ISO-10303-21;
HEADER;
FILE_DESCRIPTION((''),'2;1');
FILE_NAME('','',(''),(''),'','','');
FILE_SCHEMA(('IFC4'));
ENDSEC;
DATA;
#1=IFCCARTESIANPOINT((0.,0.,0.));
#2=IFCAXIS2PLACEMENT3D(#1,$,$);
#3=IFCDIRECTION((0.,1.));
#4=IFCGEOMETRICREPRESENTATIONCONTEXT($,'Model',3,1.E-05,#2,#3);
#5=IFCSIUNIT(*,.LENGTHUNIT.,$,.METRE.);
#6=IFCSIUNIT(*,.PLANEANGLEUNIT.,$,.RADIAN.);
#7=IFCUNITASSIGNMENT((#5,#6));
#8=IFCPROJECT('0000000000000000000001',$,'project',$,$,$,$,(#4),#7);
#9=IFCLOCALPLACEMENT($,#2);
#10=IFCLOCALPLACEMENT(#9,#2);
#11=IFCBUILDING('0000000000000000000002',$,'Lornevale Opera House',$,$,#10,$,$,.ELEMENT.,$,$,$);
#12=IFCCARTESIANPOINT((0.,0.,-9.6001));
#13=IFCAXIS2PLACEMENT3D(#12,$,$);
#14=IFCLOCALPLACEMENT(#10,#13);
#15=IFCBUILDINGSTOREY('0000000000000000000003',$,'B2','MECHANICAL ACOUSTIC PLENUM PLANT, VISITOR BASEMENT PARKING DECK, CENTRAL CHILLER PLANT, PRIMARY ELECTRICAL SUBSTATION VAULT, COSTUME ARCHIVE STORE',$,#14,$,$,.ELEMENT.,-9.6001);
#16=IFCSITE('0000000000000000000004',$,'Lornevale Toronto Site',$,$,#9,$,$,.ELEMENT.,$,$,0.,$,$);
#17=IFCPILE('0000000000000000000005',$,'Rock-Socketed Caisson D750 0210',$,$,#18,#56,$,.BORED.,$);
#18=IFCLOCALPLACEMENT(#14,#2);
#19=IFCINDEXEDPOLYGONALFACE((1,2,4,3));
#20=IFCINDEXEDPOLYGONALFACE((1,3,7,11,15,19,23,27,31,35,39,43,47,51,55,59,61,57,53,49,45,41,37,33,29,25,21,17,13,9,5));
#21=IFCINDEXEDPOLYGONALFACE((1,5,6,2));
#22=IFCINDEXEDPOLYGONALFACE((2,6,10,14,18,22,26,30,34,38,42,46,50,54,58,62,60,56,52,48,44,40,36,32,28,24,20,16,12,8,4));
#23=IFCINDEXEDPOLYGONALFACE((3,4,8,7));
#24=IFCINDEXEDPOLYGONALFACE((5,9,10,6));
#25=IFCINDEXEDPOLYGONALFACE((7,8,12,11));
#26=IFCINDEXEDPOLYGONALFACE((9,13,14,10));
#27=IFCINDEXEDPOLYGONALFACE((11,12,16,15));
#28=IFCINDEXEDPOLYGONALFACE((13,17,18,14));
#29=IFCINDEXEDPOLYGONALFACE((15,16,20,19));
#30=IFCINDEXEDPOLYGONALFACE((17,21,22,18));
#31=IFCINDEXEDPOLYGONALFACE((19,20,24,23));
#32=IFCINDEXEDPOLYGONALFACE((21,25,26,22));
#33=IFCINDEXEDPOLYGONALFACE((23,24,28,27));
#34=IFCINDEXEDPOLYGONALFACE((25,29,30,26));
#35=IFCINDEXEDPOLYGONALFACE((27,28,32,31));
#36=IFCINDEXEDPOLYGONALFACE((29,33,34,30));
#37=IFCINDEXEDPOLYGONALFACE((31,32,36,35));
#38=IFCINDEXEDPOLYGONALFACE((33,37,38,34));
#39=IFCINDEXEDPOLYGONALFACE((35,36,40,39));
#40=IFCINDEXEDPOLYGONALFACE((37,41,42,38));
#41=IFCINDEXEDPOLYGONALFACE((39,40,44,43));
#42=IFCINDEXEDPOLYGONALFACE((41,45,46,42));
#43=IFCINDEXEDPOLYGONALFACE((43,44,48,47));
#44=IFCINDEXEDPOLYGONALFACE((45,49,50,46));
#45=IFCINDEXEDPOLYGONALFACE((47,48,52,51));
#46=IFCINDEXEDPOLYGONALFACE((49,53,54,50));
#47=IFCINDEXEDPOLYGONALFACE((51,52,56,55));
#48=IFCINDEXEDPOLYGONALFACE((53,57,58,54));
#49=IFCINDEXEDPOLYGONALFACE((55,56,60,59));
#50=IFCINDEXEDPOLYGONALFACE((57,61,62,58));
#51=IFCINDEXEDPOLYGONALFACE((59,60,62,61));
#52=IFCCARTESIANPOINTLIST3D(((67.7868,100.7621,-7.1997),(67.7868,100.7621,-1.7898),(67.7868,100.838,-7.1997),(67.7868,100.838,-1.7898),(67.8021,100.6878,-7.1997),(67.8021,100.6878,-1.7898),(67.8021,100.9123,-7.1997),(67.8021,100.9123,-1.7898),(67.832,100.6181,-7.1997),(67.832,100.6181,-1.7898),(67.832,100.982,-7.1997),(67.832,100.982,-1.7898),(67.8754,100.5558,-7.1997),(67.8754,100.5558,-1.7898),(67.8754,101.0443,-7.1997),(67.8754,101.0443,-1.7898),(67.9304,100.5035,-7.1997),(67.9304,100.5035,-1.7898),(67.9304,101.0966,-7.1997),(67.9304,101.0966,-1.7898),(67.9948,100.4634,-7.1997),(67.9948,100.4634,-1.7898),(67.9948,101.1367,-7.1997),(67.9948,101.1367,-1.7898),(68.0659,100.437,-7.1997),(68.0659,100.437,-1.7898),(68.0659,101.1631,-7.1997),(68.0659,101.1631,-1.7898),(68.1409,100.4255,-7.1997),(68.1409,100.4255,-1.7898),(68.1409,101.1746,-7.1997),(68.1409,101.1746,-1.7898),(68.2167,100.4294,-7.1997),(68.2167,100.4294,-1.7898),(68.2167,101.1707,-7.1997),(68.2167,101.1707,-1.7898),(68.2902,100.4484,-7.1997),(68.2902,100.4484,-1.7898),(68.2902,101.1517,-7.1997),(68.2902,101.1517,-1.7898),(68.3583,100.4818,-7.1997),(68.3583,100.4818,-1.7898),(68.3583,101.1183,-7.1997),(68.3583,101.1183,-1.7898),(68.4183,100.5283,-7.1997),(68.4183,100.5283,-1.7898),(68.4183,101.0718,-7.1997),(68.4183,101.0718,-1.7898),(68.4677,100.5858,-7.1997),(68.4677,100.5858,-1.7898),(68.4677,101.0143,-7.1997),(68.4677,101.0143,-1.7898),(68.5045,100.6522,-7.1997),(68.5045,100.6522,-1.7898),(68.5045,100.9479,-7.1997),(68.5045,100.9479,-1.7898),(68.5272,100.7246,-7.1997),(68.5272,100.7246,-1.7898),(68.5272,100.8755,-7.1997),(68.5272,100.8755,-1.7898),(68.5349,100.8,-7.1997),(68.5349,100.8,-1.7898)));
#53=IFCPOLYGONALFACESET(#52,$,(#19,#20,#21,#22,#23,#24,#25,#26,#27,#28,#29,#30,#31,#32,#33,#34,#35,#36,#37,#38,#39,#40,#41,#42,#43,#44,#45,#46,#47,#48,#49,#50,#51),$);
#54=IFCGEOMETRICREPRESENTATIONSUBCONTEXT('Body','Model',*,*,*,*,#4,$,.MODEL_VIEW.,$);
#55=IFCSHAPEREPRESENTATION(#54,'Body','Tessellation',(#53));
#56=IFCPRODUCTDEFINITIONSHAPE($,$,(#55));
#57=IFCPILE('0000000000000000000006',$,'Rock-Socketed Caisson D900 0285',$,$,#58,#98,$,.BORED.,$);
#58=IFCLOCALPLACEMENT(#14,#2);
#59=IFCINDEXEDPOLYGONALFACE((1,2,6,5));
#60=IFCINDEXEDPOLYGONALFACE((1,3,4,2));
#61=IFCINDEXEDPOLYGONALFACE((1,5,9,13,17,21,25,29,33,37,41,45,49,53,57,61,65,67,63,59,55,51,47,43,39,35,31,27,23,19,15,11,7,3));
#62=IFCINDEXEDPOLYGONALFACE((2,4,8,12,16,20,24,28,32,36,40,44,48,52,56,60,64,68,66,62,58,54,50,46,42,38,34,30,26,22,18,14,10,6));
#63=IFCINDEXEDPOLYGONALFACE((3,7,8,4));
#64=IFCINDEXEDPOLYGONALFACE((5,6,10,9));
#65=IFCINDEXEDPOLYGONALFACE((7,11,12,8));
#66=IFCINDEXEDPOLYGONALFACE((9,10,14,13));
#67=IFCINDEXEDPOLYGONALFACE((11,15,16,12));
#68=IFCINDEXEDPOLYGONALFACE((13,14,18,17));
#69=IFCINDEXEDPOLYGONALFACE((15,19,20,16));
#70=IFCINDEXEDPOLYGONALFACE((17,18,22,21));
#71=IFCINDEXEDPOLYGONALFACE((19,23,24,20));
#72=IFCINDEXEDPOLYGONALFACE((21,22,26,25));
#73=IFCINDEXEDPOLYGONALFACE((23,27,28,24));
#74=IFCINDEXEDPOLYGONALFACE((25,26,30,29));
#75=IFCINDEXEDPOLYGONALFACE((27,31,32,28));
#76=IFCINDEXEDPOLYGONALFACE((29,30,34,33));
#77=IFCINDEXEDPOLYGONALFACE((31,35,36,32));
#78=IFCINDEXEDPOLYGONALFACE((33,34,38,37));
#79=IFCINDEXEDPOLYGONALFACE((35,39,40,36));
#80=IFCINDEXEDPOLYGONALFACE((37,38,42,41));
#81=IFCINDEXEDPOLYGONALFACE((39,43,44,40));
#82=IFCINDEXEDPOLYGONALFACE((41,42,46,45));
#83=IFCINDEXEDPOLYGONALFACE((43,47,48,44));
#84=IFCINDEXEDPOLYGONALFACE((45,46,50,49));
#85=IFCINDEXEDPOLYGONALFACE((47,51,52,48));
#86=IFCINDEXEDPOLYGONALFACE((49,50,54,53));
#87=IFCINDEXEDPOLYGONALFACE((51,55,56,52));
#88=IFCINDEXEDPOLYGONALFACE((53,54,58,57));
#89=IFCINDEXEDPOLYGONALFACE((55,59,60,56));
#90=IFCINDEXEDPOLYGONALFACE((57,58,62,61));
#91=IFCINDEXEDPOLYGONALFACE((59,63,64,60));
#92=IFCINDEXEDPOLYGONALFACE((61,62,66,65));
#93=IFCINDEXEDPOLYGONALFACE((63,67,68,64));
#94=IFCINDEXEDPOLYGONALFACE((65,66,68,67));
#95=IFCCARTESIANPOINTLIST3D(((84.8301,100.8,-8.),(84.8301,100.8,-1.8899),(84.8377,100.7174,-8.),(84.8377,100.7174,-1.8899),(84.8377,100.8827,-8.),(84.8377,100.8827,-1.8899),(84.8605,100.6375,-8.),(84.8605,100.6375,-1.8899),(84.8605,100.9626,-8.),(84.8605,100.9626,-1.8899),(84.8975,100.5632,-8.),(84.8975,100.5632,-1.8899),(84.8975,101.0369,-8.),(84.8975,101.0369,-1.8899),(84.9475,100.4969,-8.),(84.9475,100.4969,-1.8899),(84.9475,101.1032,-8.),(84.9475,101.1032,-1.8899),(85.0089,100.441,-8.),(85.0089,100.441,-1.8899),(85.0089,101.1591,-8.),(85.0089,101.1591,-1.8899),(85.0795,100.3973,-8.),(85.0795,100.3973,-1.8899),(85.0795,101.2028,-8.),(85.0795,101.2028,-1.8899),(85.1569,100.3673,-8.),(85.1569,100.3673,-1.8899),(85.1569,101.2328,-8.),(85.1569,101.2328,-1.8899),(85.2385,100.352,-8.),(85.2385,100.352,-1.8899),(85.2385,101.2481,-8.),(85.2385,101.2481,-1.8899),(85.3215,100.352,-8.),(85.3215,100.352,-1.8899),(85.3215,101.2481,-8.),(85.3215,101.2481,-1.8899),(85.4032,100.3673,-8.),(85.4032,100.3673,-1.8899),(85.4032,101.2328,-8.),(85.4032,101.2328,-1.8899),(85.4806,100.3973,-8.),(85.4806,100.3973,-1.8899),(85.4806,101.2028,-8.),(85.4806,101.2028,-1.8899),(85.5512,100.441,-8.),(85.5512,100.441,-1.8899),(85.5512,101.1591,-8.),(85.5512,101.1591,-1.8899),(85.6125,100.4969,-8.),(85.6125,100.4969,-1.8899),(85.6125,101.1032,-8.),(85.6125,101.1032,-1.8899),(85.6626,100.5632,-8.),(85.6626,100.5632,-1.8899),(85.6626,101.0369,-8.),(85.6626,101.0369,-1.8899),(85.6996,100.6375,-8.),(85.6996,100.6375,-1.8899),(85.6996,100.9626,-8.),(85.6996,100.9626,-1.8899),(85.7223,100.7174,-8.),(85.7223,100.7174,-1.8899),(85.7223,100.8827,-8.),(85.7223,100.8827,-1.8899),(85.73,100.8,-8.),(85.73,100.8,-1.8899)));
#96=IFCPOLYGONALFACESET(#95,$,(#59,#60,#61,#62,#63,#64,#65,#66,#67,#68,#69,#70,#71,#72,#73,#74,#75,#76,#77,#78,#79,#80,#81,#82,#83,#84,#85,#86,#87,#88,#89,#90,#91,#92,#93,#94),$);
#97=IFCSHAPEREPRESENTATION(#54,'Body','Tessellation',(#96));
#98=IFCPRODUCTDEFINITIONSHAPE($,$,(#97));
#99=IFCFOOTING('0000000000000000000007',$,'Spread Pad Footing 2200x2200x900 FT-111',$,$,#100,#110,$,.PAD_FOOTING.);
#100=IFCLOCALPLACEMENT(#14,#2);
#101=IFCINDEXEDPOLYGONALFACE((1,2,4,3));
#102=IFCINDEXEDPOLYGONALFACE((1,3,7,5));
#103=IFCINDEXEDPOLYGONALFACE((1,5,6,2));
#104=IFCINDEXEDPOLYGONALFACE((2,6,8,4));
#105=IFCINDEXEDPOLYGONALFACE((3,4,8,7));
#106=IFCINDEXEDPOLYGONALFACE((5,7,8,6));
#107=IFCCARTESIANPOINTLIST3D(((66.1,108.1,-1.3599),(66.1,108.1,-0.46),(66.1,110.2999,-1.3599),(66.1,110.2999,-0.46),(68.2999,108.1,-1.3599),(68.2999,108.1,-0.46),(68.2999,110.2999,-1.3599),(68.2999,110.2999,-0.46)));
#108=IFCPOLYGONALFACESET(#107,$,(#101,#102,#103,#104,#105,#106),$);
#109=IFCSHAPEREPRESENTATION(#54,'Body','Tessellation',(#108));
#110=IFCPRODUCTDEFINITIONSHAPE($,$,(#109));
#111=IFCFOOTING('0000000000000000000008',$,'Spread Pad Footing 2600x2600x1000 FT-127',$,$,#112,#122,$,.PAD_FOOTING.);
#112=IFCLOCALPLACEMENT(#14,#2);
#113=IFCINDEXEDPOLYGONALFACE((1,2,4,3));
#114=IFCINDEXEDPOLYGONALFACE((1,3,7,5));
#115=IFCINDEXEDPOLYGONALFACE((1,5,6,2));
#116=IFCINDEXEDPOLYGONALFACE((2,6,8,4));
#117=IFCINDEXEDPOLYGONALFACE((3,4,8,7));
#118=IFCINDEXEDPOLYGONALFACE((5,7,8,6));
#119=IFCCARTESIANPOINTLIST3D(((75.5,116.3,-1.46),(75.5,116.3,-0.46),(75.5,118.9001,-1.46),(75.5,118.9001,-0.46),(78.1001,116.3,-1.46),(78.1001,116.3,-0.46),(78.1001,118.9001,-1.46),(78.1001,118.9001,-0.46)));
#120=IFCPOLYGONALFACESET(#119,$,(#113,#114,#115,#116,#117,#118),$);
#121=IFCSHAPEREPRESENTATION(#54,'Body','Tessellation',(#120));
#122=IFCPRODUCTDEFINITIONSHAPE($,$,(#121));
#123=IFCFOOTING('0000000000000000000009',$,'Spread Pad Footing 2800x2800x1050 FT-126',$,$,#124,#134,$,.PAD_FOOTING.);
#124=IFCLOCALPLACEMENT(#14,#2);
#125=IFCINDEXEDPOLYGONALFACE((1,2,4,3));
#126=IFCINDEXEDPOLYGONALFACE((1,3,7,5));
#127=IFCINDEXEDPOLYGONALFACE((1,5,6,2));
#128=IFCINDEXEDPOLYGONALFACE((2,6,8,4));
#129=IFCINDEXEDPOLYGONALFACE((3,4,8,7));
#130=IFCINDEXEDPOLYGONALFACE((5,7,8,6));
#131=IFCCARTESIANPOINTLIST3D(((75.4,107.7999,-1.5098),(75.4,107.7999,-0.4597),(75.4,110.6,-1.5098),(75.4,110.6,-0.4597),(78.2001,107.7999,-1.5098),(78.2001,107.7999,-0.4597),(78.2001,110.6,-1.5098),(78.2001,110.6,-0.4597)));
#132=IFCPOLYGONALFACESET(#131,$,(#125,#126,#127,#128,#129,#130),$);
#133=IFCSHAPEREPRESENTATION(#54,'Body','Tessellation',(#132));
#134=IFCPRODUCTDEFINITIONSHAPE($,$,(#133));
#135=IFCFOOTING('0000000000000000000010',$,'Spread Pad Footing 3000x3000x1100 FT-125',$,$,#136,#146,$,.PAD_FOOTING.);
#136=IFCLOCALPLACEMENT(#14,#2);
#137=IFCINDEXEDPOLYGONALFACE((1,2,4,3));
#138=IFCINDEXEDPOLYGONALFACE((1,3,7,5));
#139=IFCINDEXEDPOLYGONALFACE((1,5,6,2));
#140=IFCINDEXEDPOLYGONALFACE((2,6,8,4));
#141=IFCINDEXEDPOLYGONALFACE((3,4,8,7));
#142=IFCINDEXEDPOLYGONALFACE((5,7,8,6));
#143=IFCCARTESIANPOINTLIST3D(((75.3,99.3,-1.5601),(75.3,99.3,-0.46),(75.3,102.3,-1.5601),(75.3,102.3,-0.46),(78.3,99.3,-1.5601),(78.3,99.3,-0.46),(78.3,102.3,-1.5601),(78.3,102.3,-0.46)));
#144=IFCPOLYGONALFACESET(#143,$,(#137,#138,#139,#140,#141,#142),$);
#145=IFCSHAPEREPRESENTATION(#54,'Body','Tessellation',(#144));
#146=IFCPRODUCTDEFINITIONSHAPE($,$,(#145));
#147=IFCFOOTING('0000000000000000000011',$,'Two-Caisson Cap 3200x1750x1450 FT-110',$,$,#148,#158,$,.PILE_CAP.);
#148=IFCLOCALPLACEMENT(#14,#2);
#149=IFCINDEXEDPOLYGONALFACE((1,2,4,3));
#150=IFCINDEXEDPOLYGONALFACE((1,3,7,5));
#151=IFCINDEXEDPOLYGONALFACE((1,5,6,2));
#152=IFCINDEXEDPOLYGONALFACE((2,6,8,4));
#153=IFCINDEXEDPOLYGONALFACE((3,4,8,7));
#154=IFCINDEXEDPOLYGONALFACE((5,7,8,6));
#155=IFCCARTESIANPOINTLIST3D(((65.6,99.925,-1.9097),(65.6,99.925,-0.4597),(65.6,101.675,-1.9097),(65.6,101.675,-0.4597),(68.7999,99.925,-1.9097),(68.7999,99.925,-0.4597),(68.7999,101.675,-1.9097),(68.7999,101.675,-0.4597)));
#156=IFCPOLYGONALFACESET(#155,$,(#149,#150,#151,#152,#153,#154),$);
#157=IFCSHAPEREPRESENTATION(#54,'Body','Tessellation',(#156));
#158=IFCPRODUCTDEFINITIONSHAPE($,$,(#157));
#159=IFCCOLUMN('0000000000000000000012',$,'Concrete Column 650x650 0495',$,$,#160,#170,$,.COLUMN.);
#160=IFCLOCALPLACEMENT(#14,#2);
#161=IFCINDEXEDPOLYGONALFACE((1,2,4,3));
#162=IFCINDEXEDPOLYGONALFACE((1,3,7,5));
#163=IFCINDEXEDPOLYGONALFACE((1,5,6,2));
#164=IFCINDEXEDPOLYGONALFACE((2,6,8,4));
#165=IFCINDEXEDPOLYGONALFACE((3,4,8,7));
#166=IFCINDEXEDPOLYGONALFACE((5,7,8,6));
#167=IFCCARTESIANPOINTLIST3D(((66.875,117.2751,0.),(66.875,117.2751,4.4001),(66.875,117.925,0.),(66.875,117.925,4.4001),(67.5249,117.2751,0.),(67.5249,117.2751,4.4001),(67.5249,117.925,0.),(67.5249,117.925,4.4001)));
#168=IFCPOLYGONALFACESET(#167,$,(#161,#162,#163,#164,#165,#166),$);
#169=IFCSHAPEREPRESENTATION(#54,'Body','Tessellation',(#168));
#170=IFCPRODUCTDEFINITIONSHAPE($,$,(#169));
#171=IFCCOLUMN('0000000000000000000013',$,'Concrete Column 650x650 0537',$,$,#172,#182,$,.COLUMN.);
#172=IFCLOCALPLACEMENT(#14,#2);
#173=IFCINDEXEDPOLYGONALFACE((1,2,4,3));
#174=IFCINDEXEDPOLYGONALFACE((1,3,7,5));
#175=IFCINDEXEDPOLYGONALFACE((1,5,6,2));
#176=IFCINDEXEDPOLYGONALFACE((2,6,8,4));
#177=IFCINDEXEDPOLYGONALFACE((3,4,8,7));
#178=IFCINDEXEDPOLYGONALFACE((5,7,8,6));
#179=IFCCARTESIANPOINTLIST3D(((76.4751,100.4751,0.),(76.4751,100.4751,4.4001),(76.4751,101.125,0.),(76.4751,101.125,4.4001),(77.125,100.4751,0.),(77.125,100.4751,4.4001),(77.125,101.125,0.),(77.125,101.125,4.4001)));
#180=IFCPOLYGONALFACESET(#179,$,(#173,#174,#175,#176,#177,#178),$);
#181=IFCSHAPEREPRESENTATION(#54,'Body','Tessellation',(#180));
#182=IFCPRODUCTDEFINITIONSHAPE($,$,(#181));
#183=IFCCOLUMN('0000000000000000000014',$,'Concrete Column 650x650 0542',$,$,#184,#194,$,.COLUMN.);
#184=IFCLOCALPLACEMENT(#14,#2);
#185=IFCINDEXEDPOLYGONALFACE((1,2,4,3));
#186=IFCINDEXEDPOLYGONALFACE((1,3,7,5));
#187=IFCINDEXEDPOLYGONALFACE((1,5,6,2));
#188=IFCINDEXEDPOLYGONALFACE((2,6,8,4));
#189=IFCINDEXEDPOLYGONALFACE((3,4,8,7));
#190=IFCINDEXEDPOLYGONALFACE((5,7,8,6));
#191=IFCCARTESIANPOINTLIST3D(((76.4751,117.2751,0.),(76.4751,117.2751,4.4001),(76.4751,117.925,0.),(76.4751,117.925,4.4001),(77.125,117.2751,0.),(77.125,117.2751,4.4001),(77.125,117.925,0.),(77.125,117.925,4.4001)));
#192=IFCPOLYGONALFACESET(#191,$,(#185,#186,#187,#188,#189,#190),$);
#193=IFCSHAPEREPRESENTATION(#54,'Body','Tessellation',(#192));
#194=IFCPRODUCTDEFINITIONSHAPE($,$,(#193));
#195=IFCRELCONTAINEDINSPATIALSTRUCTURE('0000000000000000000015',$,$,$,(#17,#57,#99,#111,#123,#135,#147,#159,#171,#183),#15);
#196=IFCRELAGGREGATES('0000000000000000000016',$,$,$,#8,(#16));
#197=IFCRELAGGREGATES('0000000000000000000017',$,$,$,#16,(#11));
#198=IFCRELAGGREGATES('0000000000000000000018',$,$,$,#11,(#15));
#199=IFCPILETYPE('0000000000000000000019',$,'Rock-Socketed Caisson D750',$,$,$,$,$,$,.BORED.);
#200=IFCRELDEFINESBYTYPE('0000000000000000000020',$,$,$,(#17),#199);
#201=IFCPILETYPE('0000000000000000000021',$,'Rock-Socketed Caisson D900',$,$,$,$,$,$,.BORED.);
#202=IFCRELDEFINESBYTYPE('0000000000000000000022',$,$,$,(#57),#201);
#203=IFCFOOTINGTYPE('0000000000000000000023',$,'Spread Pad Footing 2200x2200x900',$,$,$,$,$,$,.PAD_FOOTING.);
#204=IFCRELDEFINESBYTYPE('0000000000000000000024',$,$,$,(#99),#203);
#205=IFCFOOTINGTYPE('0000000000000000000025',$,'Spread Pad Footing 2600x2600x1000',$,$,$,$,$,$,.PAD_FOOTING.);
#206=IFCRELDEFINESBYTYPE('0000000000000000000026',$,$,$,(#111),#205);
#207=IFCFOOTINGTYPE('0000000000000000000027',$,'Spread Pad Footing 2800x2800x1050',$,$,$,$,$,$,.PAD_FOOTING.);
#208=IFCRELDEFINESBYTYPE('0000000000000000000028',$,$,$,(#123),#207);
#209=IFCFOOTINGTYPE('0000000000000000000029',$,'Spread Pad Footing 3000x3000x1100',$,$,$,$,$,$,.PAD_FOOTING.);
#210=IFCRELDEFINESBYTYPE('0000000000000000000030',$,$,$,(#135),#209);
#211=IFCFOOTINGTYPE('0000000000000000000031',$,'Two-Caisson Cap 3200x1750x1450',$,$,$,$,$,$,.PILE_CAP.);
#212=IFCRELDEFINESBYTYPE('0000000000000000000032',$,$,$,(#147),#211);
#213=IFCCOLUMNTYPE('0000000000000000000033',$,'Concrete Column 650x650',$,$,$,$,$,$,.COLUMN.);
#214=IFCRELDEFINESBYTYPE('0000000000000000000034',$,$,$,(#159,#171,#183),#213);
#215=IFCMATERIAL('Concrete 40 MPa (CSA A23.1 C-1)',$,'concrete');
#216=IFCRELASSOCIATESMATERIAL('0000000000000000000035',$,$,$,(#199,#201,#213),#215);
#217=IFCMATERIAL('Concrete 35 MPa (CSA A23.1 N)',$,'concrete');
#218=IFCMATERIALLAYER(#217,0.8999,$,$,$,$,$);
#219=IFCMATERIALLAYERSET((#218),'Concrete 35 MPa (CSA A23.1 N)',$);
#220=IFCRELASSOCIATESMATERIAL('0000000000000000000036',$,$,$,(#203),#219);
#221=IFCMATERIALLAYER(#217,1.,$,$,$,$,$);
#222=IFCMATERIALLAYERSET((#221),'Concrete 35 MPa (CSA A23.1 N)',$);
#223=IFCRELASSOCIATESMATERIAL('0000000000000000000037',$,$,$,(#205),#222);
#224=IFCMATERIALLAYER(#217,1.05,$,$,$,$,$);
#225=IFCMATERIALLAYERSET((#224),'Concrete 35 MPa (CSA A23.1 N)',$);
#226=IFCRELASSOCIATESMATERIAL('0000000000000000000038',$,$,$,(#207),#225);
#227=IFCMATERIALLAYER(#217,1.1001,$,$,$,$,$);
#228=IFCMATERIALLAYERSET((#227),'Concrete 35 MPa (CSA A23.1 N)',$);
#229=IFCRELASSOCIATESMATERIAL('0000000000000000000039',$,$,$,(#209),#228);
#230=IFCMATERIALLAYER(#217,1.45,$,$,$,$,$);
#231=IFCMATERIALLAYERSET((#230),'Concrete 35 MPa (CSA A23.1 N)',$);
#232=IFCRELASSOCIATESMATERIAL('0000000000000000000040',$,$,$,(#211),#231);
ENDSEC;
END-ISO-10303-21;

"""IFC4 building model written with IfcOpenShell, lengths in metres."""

from ifc_helpers import new_model, si_unit, direction, frame, origin, origin_2d, place, context, subcontext, project, spatial, rectangle, circle, extrude, material, layer, layer_set, material_profile, profile_set, type_object, element, save


model = new_model("IFC4")

# Units and contexts
model_context = context("Model", 3, precision=1e-05, world=origin(), true_north=direction((0.0, 1.0)))
body_context = subcontext(model_context, "Body", "Model", "MODEL_VIEW")
ifc_project = project(units=[si_unit("LENGTHUNIT", "METRE"), si_unit("PLANEANGLEUNIT", "RADIAN")], contexts=[model_context])

# Site, building, storey
site_placement = place(None, origin())
site = spatial("IfcSite", under=ifc_project, at=site_placement, Name="Lornevale Toronto Site", CompositionType="ELEMENT", RefElevation=0.0)
building_placement = place(site_placement, origin())
building = spatial("IfcBuilding", under=site, at=building_placement, Name="Lornevale Opera House", CompositionType="ELEMENT")
storey_placement = place(building_placement, frame((0.0, 0.0, -9.6001)))
storey = spatial("IfcBuildingStorey", under=building, at=storey_placement, Name="B2", Description="MECHANICAL ACOUSTIC PLENUM PLANT, VISITOR BASEMENT PARKING DECK, CENTRAL CHILLER PLANT, PRIMARY ELECTRICAL SUBSTATION VAULT, COSTUME ARCHIVE STORE", CompositionType="ELEMENT", Elevation=-9.6001)

# Shared definitions
ifc_material_1 = material(Name="Concrete 35 MPa (CSA A23.1 N)", Category="concrete")

# Shared definitions
ifc_material_2 = material(Name="Concrete 40 MPa (CSA A23.1 C-1)", Category="concrete")

# Piles
ifc_material_profile_1 = material_profile(ifc_material_2, circle(Radius=0.375, at=origin_2d()), Name="CAIS750")
ifc_profile_set_1 = profile_set([ifc_material_profile_1], Name="Concrete 40 MPa (CSA A23.1 C-1)")
pile_type_1 = type_object("IfcPileType", Name="Rock-Socketed Caisson D750", PredefinedType="BORED", material=ifc_profile_set_1)
pile_1_placement = place(storey_placement, frame((68.1599, 100.8, -1.7898), z_axis=(0.0, 0.0, -1.0), x_axis=(1.0, 0.0, 0.0)))
element("IfcPile", 1, at=pile_1_placement, inside=storey, type_object=pile_type_1, Name="Rock-Socketed Caisson D750 0210", PredefinedType="BORED", context=body_context, shape_type="SweptSolid", body=[
    extrude(circle(Radius=0.375, at=origin_2d()), origin(), (0.0, 0.0, 1.0), 5.4099),
])
ifc_material_profile_2 = material_profile(ifc_material_2, circle(Radius=0.45, at=origin_2d()), Name="CAIS900")
ifc_profile_set_2 = profile_set([ifc_material_profile_2], Name="Concrete 40 MPa (CSA A23.1 C-1)")
pile_type_2 = type_object("IfcPileType", Name="Rock-Socketed Caisson D900", PredefinedType="BORED", material=ifc_profile_set_2)
pile_2_placement = place(storey_placement, frame((85.28, 100.8, -1.8899), z_axis=(0.0, 0.0, -1.0), x_axis=(1.0, 0.0, 0.0)))
element("IfcPile", 2, at=pile_2_placement, inside=storey, type_object=pile_type_2, Name="Rock-Socketed Caisson D900 0285", PredefinedType="BORED", context=body_context, shape_type="SweptSolid", body=[
    extrude(circle(Radius=0.45, at=origin_2d()), origin(), (0.0, 0.0, 1.0), 6.1101),
])

# Footings
ifc_layer_1 = layer(ifc_material_1, 0.8999)
ifc_layer_set_1 = layer_set([ifc_layer_1], Name="Concrete 35 MPa (CSA A23.1 N)")
footing_type_1 = type_object("IfcFootingType", Name="Spread Pad Footing 2200x2200x900", PredefinedType="PAD_FOOTING", material=ifc_layer_set_1)
footing_1_placement = place(storey_placement, frame((67.2, 109.2, -1.3599), z_axis=(0.0, 0.0, 1.0), x_axis=(1.0, 0.0, 0.0)))
element("IfcFooting", 3, at=footing_1_placement, inside=storey, type_object=footing_type_1, Name="Spread Pad Footing 2200x2200x900 FT-111", PredefinedType="PAD_FOOTING", context=body_context, shape_type="SweptSolid", body=[
    extrude(rectangle(XDim=2.2, YDim=2.2, at=origin_2d()), origin(), (0.0, 0.0, 1.0), 0.8999),
])
ifc_layer_2 = layer(ifc_material_1, 1.0)
ifc_layer_set_2 = layer_set([ifc_layer_2], Name="Concrete 35 MPa (CSA A23.1 N)")
footing_type_2 = type_object("IfcFootingType", Name="Spread Pad Footing 2600x2600x1000", PredefinedType="PAD_FOOTING", material=ifc_layer_set_2)
footing_2_placement = place(storey_placement, frame((76.8, 117.6001, -1.46), z_axis=(0.0, 0.0, 1.0), x_axis=(1.0, 0.0, 0.0)))
element("IfcFooting", 4, at=footing_2_placement, inside=storey, type_object=footing_type_2, Name="Spread Pad Footing 2600x2600x1000 FT-127", PredefinedType="PAD_FOOTING", context=body_context, shape_type="SweptSolid", body=[
    extrude(rectangle(XDim=2.6001, YDim=2.6001, at=origin_2d()), origin(), (0.0, 0.0, 1.0), 1.0),
])
ifc_layer_3 = layer(ifc_material_1, 1.05)
ifc_layer_set_3 = layer_set([ifc_layer_3], Name="Concrete 35 MPa (CSA A23.1 N)")
footing_type_3 = type_object("IfcFootingType", Name="Spread Pad Footing 2800x2800x1050", PredefinedType="PAD_FOOTING", material=ifc_layer_set_3)
footing_3_placement = place(storey_placement, frame((76.8, 109.2, -1.5098), z_axis=(0.0, 0.0, 1.0), x_axis=(1.0, 0.0, 0.0)))
element("IfcFooting", 5, at=footing_3_placement, inside=storey, type_object=footing_type_3, Name="Spread Pad Footing 2800x2800x1050 FT-126", PredefinedType="PAD_FOOTING", context=body_context, shape_type="SweptSolid", body=[
    extrude(rectangle(XDim=2.8, YDim=2.8, at=origin_2d()), origin(), (0.0, 0.0, 1.0), 1.05),
])
ifc_layer_4 = layer(ifc_material_1, 1.1001)
ifc_layer_set_4 = layer_set([ifc_layer_4], Name="Concrete 35 MPa (CSA A23.1 N)")
footing_type_4 = type_object("IfcFootingType", Name="Spread Pad Footing 3000x3000x1100", PredefinedType="PAD_FOOTING", material=ifc_layer_set_4)
footing_4_placement = place(storey_placement, frame((76.8, 100.8, -1.5601), z_axis=(0.0, 0.0, 1.0), x_axis=(1.0, 0.0, 0.0)))
element("IfcFooting", 6, at=footing_4_placement, inside=storey, type_object=footing_type_4, Name="Spread Pad Footing 3000x3000x1100 FT-125", PredefinedType="PAD_FOOTING", context=body_context, shape_type="SweptSolid", body=[
    extrude(rectangle(XDim=3.0, YDim=3.0, at=origin_2d()), origin(), (0.0, 0.0, 1.0), 1.1001),
])
ifc_layer_5 = layer(ifc_material_1, 1.45)
ifc_layer_set_5 = layer_set([ifc_layer_5], Name="Concrete 35 MPa (CSA A23.1 N)")
footing_type_5 = type_object("IfcFootingType", Name="Two-Caisson Cap 3200x1750x1450", PredefinedType="PILE_CAP", material=ifc_layer_set_5)
footing_5_placement = place(storey_placement, frame((67.2, 100.8, -1.9097), z_axis=(0.0, 0.0, 1.0), x_axis=(1.0, 0.0, 0.0)))
element("IfcFooting", 7, at=footing_5_placement, inside=storey, type_object=footing_type_5, Name="Two-Caisson Cap 3200x1750x1450 FT-110", PredefinedType="PILE_CAP", context=body_context, shape_type="SweptSolid", body=[
    extrude(rectangle(XDim=3.2, YDim=1.75, at=origin_2d()), origin(), (0.0, 0.0, 1.0), 1.45),
])

# Columns
ifc_material_profile_3 = material_profile(ifc_material_2, rectangle(XDim=0.6499, YDim=0.6499, at=origin_2d()), Name="RC650x650")
ifc_profile_set_3 = profile_set([ifc_material_profile_3], Name="Concrete 40 MPa (CSA A23.1 C-1)")
column_type_1 = type_object("IfcColumnType", Name="Concrete Column 650x650", PredefinedType="COLUMN", material=ifc_profile_set_3)
for number, where, z_axis, x_axis, name in (
    (8, (67.2, 117.6001, 0.0), (0.0, 0.0, 1.0), (1.0, 0.0, 0.0), "Concrete Column 650x650 0495"),
    (9, (76.8, 100.8, 0.0), (0.0, 0.0, 1.0), (1.0, 0.0, 0.0), "Concrete Column 650x650 0537"),
    (10, (76.8, 117.6001, 0.0), (0.0, 0.0, 1.0), (1.0, 0.0, 0.0), "Concrete Column 650x650 0542"),
):
    element("IfcColumn", number, at=place(storey_placement, frame(where, z_axis=z_axis, x_axis=x_axis)), inside=storey, type_object=column_type_1, Name=name, PredefinedType="COLUMN", context=body_context, shape_type="SweptSolid", body=[
        extrude(rectangle(XDim=0.6499, YDim=0.6499, at=origin_2d()), origin(), (0.0, 0.0, 1.0), 4.4001),
    ])

save(model, "model.ifc")
